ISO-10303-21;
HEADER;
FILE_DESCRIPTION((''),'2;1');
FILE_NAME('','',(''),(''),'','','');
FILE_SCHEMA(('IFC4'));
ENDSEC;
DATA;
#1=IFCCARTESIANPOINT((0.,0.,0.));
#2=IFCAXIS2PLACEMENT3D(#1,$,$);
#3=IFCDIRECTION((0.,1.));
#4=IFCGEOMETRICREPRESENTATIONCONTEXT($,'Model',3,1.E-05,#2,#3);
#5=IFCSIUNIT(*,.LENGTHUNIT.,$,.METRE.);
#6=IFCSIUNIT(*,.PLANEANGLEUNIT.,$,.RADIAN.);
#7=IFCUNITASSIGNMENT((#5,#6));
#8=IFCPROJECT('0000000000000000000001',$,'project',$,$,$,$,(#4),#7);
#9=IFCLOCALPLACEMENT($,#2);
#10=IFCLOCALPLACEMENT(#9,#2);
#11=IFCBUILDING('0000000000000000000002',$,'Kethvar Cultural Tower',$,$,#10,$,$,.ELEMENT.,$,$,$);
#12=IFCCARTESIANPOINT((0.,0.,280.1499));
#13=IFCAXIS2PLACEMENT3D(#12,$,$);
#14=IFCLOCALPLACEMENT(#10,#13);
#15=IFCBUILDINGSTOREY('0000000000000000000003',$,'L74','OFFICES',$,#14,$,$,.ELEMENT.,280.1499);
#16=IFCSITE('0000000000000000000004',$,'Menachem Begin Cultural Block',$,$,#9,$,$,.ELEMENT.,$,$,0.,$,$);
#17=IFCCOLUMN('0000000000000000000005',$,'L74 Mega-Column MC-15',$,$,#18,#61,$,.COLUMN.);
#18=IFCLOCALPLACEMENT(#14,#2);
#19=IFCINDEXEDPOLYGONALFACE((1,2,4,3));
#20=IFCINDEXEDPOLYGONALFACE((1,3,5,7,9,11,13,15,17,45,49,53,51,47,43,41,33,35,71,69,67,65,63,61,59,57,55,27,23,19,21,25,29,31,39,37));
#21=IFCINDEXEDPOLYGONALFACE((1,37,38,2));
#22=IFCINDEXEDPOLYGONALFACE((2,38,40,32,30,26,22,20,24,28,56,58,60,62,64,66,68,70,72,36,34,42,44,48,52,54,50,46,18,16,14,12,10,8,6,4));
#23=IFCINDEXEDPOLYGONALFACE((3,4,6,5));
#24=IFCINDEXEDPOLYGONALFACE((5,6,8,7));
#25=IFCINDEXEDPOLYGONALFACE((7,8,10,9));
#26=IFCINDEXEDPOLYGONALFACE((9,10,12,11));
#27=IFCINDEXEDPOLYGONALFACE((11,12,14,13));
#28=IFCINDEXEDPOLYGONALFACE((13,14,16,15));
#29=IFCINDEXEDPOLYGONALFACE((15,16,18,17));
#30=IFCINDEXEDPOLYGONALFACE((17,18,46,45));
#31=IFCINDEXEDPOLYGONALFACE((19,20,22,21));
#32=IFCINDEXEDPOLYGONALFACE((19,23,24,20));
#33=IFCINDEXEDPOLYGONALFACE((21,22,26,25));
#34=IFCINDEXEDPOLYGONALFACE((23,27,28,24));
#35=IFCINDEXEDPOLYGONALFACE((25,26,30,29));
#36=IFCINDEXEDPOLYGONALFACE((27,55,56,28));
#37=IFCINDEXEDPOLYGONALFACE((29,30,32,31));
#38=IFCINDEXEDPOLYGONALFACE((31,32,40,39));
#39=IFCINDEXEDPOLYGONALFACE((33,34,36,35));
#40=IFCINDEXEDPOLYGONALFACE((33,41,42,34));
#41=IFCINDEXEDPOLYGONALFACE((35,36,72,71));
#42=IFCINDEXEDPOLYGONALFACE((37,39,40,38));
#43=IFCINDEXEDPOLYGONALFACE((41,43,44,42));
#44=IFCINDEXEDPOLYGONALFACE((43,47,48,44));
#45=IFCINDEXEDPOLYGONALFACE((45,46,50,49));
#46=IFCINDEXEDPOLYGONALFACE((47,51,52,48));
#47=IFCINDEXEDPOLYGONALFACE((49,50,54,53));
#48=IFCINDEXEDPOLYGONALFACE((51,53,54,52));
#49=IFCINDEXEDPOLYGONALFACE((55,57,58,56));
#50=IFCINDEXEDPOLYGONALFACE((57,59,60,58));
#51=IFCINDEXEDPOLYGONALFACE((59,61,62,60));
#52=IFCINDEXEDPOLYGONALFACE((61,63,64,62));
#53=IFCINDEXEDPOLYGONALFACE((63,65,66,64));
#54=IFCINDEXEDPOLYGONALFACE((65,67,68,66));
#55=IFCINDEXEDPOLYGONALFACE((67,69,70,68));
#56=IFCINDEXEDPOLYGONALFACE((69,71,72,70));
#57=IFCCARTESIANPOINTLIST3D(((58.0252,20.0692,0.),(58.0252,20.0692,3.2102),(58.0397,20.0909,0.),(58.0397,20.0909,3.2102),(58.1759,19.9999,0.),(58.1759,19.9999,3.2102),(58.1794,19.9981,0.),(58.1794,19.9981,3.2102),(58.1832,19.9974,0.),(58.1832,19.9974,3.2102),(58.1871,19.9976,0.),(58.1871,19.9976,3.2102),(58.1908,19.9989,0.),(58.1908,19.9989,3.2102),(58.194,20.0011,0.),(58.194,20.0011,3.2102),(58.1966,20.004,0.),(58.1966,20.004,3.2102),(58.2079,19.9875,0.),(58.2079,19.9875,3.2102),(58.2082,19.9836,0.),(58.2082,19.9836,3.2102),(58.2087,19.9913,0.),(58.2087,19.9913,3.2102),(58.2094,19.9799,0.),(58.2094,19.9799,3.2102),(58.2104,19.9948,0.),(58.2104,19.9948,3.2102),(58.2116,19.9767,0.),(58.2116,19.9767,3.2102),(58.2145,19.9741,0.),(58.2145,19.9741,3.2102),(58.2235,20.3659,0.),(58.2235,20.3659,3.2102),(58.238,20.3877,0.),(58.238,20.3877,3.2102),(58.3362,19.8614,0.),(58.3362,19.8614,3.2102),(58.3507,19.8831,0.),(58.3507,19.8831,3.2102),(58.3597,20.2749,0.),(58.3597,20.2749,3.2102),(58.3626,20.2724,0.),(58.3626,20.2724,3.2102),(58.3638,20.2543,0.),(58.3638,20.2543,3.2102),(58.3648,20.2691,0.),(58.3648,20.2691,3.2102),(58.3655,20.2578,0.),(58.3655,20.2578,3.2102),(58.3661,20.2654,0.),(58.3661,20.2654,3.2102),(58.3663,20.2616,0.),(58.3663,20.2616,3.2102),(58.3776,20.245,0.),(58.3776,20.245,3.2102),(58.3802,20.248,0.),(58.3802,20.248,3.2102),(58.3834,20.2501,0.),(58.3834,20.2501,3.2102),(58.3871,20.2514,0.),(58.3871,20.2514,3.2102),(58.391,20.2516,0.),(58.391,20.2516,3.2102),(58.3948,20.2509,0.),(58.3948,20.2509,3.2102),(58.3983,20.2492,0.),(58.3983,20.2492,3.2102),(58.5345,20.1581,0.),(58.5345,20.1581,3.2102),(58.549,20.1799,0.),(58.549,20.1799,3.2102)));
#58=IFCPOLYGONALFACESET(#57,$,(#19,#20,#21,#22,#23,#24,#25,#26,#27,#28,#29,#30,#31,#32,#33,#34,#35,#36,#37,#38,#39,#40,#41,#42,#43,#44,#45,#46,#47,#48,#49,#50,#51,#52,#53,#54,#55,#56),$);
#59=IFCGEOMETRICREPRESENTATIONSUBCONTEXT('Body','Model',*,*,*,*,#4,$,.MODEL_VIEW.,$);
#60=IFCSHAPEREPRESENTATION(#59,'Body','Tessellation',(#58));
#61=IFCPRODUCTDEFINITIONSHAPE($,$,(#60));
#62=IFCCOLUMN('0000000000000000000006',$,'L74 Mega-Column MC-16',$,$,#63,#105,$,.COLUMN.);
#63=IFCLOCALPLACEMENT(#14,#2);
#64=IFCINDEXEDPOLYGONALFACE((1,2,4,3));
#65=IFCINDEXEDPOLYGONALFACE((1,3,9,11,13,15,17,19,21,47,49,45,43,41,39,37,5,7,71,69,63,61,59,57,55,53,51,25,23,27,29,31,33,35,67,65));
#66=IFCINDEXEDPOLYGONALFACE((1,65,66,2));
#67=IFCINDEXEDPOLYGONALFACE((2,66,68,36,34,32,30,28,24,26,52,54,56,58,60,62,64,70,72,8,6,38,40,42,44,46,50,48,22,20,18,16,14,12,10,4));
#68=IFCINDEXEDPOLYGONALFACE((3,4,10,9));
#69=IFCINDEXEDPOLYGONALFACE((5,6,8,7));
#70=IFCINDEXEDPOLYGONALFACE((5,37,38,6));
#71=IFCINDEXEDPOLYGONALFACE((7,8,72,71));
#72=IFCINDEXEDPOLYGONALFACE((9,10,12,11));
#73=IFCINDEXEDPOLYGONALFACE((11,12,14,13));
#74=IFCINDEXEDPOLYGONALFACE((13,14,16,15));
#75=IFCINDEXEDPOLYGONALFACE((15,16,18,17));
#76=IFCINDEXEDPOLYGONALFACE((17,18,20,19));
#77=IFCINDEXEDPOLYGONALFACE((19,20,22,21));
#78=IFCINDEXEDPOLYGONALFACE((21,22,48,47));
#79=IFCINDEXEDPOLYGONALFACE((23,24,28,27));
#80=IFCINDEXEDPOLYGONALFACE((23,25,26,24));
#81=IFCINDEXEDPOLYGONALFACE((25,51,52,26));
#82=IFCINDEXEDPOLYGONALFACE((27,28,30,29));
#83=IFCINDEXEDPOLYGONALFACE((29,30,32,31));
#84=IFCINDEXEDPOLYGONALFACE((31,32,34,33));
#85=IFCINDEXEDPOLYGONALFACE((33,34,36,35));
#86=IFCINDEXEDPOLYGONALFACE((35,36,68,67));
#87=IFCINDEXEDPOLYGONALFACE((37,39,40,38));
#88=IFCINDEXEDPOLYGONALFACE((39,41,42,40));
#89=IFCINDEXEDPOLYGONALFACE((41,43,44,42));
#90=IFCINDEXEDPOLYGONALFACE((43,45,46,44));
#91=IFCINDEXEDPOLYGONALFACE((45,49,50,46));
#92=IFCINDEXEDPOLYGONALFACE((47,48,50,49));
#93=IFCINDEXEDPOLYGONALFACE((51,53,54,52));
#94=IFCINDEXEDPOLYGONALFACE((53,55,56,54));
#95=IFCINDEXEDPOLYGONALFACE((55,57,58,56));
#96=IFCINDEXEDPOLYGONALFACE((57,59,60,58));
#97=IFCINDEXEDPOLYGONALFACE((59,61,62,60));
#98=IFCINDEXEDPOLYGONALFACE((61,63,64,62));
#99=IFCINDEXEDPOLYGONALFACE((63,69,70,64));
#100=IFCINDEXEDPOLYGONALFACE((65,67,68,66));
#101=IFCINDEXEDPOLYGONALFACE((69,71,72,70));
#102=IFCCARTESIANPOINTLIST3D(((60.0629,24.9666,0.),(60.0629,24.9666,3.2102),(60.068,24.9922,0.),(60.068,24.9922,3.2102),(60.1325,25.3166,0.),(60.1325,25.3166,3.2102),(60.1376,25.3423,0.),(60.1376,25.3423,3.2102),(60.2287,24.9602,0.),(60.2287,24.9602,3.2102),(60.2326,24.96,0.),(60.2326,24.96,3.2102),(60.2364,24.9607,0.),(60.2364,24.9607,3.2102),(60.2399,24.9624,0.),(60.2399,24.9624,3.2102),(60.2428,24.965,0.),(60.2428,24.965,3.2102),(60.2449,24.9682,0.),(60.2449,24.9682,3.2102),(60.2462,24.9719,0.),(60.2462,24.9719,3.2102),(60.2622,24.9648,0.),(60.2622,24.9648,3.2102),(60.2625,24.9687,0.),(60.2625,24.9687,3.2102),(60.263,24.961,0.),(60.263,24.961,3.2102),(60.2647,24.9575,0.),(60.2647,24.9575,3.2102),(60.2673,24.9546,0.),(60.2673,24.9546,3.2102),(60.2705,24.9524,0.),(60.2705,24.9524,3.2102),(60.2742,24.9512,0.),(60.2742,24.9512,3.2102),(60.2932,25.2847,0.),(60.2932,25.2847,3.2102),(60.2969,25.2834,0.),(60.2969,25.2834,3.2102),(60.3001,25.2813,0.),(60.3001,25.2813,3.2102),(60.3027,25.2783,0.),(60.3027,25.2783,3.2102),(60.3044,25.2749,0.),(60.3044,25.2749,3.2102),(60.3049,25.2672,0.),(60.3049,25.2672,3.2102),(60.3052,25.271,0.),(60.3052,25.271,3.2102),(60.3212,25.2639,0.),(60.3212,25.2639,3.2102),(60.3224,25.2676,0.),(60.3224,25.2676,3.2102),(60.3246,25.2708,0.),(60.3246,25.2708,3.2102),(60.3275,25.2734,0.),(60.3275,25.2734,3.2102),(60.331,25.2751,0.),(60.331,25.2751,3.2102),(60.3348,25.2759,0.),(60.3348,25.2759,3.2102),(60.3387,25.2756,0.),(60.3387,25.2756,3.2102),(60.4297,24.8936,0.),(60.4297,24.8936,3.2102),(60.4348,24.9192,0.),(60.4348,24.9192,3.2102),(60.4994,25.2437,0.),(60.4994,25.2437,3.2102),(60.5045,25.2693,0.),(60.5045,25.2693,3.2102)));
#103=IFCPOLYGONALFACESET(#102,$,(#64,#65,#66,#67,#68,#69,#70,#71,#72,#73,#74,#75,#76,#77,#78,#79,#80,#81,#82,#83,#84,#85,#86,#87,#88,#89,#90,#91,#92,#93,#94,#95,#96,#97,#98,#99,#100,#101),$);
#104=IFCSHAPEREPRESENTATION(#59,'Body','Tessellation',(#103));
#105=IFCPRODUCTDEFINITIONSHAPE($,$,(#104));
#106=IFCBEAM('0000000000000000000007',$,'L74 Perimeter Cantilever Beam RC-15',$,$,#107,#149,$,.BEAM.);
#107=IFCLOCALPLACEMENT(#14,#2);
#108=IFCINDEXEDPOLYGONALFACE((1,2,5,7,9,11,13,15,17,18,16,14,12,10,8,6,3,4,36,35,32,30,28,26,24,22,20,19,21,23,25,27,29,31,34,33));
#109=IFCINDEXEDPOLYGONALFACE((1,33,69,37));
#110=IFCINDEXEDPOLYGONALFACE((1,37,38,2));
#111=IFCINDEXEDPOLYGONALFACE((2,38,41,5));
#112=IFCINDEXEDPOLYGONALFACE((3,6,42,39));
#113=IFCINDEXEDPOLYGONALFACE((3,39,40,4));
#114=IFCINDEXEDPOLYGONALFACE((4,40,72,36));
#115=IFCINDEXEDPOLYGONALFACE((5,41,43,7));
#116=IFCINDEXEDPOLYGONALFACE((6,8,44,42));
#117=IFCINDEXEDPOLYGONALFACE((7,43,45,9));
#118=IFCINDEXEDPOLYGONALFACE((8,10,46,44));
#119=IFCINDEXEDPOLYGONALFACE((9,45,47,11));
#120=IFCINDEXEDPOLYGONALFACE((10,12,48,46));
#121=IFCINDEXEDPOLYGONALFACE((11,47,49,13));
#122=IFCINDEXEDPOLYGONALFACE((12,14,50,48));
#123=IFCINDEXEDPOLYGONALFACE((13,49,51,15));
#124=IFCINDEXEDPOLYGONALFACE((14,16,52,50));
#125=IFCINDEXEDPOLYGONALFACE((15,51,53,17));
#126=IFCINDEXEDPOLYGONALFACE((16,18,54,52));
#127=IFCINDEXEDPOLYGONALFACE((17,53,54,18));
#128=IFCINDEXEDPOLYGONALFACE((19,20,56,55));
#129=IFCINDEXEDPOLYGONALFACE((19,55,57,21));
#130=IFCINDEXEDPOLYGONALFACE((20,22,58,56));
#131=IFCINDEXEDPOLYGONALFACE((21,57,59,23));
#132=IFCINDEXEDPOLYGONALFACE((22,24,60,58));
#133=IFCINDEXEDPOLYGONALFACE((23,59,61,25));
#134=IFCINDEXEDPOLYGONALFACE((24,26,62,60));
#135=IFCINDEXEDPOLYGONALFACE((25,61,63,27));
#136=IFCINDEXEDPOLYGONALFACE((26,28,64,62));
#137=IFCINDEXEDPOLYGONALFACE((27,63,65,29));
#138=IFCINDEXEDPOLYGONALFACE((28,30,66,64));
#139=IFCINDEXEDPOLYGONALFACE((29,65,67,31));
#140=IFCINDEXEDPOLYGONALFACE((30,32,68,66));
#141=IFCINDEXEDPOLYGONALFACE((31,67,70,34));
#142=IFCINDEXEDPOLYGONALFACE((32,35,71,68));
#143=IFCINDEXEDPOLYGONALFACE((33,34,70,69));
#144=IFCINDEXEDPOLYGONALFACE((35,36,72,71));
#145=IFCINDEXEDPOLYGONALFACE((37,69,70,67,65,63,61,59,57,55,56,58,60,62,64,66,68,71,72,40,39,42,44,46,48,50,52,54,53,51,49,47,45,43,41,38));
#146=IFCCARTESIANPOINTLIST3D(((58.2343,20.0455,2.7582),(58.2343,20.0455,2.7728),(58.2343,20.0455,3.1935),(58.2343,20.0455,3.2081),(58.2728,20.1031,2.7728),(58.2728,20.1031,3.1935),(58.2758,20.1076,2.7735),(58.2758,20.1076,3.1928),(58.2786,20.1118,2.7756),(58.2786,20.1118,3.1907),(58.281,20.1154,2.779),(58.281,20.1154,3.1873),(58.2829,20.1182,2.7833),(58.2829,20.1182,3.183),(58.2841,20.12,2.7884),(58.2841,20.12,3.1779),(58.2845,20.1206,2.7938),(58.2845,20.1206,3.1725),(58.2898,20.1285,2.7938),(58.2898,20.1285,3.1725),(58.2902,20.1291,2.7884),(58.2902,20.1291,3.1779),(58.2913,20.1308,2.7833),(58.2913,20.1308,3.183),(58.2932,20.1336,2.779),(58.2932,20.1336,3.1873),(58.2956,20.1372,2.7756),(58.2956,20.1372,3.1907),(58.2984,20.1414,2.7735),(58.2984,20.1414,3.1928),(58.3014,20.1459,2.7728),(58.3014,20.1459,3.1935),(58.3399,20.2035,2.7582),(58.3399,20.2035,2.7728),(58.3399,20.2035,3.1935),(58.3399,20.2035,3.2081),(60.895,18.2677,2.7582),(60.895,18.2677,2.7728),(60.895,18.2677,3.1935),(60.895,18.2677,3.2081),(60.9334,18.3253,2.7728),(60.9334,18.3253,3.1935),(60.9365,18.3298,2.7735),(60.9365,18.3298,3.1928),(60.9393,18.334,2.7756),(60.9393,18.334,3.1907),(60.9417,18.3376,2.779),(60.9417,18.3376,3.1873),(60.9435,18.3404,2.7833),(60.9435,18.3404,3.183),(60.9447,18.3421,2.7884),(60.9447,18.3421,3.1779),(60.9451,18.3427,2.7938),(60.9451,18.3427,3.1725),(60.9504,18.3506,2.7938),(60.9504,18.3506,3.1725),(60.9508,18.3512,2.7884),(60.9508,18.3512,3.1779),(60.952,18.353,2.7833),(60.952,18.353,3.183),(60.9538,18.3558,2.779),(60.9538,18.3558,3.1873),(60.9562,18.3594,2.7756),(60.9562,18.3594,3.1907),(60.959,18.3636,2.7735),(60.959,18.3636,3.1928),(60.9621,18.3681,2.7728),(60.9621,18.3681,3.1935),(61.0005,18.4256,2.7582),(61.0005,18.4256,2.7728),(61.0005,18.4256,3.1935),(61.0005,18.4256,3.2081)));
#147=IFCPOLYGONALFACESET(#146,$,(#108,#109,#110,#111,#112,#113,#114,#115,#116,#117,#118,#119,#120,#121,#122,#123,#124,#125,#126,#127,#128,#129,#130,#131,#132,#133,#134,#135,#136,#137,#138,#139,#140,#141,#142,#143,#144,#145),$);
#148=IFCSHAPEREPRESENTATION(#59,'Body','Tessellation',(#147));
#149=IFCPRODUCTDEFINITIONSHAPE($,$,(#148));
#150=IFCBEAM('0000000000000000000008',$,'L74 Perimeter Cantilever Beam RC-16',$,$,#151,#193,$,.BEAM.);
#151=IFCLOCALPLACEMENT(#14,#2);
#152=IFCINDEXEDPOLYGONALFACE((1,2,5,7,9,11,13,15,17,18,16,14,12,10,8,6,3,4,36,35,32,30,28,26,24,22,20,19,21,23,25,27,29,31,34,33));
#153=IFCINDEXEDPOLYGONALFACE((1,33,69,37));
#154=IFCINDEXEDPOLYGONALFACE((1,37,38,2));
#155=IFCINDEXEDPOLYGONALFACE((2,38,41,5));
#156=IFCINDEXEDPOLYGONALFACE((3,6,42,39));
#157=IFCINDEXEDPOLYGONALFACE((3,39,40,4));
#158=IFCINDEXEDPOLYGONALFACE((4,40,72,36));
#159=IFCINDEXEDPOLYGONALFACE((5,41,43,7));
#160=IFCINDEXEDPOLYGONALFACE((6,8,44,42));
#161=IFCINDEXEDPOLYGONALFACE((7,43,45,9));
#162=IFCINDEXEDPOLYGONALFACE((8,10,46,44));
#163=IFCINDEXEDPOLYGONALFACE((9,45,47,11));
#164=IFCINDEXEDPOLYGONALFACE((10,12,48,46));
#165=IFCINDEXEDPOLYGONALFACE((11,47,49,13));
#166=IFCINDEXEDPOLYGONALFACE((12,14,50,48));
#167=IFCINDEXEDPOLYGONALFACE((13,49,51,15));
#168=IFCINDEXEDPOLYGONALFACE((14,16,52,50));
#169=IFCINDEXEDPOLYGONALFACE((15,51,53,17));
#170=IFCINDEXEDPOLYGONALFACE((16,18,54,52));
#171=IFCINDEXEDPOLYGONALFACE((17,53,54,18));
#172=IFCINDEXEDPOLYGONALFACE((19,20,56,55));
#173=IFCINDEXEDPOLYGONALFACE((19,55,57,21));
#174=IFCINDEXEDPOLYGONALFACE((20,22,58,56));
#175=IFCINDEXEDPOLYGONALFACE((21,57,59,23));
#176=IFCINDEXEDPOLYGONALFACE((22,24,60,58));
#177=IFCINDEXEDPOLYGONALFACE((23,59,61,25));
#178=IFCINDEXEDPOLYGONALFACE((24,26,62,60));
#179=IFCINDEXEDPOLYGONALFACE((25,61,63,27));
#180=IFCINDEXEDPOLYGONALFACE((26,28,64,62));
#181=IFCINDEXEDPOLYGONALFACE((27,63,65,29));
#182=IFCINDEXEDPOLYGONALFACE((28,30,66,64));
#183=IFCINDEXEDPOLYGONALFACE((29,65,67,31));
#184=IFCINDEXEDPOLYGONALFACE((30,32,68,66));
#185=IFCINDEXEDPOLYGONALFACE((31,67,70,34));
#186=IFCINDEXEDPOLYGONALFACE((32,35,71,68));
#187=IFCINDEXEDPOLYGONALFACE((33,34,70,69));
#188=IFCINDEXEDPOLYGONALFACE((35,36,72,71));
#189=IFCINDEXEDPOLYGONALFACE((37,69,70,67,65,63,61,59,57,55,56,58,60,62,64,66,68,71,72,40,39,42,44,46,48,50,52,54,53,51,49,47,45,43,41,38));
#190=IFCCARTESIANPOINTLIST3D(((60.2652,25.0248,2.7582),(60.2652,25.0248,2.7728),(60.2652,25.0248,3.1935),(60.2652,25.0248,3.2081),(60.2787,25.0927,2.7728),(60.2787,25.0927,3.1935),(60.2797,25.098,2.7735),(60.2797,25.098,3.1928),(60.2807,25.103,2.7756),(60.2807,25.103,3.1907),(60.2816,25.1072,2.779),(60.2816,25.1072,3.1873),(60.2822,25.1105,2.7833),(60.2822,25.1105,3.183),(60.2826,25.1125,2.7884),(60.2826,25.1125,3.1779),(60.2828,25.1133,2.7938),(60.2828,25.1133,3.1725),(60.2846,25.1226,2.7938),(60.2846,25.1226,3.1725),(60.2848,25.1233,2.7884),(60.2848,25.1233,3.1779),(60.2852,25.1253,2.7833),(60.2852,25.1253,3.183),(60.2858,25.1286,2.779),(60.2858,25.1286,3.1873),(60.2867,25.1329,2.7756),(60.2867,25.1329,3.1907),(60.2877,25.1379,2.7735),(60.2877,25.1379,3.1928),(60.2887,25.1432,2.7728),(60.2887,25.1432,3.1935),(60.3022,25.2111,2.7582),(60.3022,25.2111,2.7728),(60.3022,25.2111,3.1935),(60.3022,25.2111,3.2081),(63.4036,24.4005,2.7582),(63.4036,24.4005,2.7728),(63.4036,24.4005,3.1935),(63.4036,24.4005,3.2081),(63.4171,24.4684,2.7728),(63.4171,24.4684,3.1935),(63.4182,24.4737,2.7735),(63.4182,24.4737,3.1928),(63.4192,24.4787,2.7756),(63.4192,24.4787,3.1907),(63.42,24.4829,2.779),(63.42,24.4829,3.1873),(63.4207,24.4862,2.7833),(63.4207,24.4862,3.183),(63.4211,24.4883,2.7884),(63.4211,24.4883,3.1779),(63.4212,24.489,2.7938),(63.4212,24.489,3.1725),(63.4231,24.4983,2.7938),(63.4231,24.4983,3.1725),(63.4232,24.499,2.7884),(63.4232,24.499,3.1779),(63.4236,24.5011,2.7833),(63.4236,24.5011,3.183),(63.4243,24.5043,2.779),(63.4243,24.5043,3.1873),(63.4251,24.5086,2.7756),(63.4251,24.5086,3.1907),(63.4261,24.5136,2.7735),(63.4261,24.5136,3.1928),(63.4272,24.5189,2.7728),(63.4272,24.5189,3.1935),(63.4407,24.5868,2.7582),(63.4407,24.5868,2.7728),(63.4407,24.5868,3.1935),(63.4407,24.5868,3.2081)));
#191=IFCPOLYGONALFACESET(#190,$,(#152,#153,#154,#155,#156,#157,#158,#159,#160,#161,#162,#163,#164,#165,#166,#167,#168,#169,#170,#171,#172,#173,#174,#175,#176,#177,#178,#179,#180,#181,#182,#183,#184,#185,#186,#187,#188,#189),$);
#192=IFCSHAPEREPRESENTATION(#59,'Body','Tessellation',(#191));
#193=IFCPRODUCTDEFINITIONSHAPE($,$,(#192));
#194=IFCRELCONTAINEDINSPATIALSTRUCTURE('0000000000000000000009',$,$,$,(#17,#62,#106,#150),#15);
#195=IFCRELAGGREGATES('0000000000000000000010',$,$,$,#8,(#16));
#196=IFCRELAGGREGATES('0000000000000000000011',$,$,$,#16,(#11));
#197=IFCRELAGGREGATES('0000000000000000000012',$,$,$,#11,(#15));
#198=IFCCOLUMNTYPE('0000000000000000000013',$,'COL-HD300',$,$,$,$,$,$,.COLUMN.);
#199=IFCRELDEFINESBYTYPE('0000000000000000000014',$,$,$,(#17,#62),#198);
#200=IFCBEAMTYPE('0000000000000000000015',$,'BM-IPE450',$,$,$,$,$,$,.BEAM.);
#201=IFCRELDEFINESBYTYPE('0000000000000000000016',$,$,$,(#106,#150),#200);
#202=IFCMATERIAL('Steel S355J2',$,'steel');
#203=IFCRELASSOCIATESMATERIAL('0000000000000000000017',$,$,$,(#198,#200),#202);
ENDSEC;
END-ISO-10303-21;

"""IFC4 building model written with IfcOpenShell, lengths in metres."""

from ifc_helpers import new_model, si_unit, direction, frame, origin, origin_2d, place, context, subcontext, project, spatial, i_section, extrude, source, transform, mapped, material, material_profile, profile_set, type_object, element, save


model = new_model("IFC4")

# Units and contexts
model_context = context("Model", 3, precision=1e-05, world=origin(), true_north=direction((0.0, 1.0)))
body_context = subcontext(model_context, "Body", "Model", "MODEL_VIEW")
ifc_project = project(units=[si_unit("LENGTHUNIT", "METRE"), si_unit("PLANEANGLEUNIT", "RADIAN")], contexts=[model_context])

# Site, building, storey
site_placement = place(None, origin())
site = spatial("IfcSite", under=ifc_project, at=site_placement, Name="Menachem Begin Cultural Block", CompositionType="ELEMENT", RefElevation=0.0)
building_placement = place(site_placement, origin())
building = spatial("IfcBuilding", under=site, at=building_placement, Name="Kethvar Cultural Tower", CompositionType="ELEMENT")
storey_placement = place(building_placement, frame((0.0, 0.0, 280.1499)))
storey = spatial("IfcBuildingStorey", under=building, at=storey_placement, Name="L74", Description="OFFICES", CompositionType="ELEMENT", Elevation=280.1499)

# Columns
ifc_material_1 = material(Name="Steel S355J2", Category="steel")
ifc_material_profile_1 = material_profile(ifc_material_1, i_section(OverallWidth=0.374, OverallDepth=0.3831, WebThickness=0.0166, FlangeThickness=0.0261, FilletRadius=0.0149, at=origin_2d()), Name="Steel S355J2 — HD360x300")
ifc_profile_set_1 = profile_set([ifc_material_profile_1], Name="Steel S355J2 — HD360x300")
column_type = type_object("IfcColumnType", Name="COL-HD300", PredefinedType="COLUMN", material=ifc_profile_set_1)
shared_shape_1 = source(origin(), body_context, "Body", "SweptSolid", [
    extrude(i_section(OverallWidth=0.374, OverallDepth=0.3831, WebThickness=0.0166, FlangeThickness=0.0261, FilletRadius=0.0149, at=origin_2d()), origin(), (0.0, 0.0, 1.0), 3.2102),
])
for number, where, z_axis, x_axis, name in (
    (1, (58.2871, 20.1245, 0.0), (0.0, 0.0, 1.0), (0.83147, -0.55557, 0.0), "L74 Mega-Column MC-15"),
    (2, (60.2837, 25.1179, 0.0), (0.0, 0.0, 1.0), (0.980785, -0.19509, 0.0), "L74 Mega-Column MC-16"),
):
    element("IfcColumn", number, at=place(storey_placement, frame(where, z_axis=z_axis, x_axis=x_axis)), inside=storey, type_object=column_type, Name=name, PredefinedType="COLUMN", context=body_context, shape_type="MappedRepresentation", body=[
        mapped(shared_shape_1, transform((0.0, 0.0, 0.0), scale=1.0)),
    ])

# Beams
ifc_material_profile_2 = material_profile(ifc_material_1, i_section(OverallWidth=0.1899, OverallDepth=0.45, WebThickness=0.0095, FlangeThickness=0.0146, FilletRadius=0.021, at=origin_2d()), Name="Steel S355J2 — IPE450")
ifc_profile_set_2 = profile_set([ifc_material_profile_2], Name="Steel S355J2 — IPE450")
beam_type_1 = type_object("IfcBeamType", Name="BM-IPE450", PredefinedType="BEAM", material=ifc_profile_set_2)
shared_shape_2 = source(origin(), body_context, "Body", "SweptSolid", [
    extrude(i_section(OverallWidth=0.1899, OverallDepth=0.45, WebThickness=0.0095, FlangeThickness=0.0146, FilletRadius=0.021, at=origin_2d()), origin(), (0.0, 0.0, 1.0), 3.2),
])
for number, where, z_axis, x_axis, name in (
    (3, (58.2871, 20.1245, 2.9832), (0.831463, -0.55558, 0.0), (0.55558, 0.831463, 0.0), "L74 Perimeter Cantilever Beam RC-15"),
    (4, (60.2837, 25.1179, 2.9832), (0.980786, -0.195089, 0.0), (0.195089, 0.980786, 0.0), "L74 Perimeter Cantilever Beam RC-16"),
):
    element("IfcBeam", number, at=place(storey_placement, frame(where, z_axis=z_axis, x_axis=x_axis)), inside=storey, type_object=beam_type_1, Name=name, PredefinedType="BEAM", context=body_context, shape_type="MappedRepresentation", body=[
        mapped(shared_shape_2, transform((0.0, 0.0, 0.0), scale=1.0)),
    ])

save(model, "model.ifc")
